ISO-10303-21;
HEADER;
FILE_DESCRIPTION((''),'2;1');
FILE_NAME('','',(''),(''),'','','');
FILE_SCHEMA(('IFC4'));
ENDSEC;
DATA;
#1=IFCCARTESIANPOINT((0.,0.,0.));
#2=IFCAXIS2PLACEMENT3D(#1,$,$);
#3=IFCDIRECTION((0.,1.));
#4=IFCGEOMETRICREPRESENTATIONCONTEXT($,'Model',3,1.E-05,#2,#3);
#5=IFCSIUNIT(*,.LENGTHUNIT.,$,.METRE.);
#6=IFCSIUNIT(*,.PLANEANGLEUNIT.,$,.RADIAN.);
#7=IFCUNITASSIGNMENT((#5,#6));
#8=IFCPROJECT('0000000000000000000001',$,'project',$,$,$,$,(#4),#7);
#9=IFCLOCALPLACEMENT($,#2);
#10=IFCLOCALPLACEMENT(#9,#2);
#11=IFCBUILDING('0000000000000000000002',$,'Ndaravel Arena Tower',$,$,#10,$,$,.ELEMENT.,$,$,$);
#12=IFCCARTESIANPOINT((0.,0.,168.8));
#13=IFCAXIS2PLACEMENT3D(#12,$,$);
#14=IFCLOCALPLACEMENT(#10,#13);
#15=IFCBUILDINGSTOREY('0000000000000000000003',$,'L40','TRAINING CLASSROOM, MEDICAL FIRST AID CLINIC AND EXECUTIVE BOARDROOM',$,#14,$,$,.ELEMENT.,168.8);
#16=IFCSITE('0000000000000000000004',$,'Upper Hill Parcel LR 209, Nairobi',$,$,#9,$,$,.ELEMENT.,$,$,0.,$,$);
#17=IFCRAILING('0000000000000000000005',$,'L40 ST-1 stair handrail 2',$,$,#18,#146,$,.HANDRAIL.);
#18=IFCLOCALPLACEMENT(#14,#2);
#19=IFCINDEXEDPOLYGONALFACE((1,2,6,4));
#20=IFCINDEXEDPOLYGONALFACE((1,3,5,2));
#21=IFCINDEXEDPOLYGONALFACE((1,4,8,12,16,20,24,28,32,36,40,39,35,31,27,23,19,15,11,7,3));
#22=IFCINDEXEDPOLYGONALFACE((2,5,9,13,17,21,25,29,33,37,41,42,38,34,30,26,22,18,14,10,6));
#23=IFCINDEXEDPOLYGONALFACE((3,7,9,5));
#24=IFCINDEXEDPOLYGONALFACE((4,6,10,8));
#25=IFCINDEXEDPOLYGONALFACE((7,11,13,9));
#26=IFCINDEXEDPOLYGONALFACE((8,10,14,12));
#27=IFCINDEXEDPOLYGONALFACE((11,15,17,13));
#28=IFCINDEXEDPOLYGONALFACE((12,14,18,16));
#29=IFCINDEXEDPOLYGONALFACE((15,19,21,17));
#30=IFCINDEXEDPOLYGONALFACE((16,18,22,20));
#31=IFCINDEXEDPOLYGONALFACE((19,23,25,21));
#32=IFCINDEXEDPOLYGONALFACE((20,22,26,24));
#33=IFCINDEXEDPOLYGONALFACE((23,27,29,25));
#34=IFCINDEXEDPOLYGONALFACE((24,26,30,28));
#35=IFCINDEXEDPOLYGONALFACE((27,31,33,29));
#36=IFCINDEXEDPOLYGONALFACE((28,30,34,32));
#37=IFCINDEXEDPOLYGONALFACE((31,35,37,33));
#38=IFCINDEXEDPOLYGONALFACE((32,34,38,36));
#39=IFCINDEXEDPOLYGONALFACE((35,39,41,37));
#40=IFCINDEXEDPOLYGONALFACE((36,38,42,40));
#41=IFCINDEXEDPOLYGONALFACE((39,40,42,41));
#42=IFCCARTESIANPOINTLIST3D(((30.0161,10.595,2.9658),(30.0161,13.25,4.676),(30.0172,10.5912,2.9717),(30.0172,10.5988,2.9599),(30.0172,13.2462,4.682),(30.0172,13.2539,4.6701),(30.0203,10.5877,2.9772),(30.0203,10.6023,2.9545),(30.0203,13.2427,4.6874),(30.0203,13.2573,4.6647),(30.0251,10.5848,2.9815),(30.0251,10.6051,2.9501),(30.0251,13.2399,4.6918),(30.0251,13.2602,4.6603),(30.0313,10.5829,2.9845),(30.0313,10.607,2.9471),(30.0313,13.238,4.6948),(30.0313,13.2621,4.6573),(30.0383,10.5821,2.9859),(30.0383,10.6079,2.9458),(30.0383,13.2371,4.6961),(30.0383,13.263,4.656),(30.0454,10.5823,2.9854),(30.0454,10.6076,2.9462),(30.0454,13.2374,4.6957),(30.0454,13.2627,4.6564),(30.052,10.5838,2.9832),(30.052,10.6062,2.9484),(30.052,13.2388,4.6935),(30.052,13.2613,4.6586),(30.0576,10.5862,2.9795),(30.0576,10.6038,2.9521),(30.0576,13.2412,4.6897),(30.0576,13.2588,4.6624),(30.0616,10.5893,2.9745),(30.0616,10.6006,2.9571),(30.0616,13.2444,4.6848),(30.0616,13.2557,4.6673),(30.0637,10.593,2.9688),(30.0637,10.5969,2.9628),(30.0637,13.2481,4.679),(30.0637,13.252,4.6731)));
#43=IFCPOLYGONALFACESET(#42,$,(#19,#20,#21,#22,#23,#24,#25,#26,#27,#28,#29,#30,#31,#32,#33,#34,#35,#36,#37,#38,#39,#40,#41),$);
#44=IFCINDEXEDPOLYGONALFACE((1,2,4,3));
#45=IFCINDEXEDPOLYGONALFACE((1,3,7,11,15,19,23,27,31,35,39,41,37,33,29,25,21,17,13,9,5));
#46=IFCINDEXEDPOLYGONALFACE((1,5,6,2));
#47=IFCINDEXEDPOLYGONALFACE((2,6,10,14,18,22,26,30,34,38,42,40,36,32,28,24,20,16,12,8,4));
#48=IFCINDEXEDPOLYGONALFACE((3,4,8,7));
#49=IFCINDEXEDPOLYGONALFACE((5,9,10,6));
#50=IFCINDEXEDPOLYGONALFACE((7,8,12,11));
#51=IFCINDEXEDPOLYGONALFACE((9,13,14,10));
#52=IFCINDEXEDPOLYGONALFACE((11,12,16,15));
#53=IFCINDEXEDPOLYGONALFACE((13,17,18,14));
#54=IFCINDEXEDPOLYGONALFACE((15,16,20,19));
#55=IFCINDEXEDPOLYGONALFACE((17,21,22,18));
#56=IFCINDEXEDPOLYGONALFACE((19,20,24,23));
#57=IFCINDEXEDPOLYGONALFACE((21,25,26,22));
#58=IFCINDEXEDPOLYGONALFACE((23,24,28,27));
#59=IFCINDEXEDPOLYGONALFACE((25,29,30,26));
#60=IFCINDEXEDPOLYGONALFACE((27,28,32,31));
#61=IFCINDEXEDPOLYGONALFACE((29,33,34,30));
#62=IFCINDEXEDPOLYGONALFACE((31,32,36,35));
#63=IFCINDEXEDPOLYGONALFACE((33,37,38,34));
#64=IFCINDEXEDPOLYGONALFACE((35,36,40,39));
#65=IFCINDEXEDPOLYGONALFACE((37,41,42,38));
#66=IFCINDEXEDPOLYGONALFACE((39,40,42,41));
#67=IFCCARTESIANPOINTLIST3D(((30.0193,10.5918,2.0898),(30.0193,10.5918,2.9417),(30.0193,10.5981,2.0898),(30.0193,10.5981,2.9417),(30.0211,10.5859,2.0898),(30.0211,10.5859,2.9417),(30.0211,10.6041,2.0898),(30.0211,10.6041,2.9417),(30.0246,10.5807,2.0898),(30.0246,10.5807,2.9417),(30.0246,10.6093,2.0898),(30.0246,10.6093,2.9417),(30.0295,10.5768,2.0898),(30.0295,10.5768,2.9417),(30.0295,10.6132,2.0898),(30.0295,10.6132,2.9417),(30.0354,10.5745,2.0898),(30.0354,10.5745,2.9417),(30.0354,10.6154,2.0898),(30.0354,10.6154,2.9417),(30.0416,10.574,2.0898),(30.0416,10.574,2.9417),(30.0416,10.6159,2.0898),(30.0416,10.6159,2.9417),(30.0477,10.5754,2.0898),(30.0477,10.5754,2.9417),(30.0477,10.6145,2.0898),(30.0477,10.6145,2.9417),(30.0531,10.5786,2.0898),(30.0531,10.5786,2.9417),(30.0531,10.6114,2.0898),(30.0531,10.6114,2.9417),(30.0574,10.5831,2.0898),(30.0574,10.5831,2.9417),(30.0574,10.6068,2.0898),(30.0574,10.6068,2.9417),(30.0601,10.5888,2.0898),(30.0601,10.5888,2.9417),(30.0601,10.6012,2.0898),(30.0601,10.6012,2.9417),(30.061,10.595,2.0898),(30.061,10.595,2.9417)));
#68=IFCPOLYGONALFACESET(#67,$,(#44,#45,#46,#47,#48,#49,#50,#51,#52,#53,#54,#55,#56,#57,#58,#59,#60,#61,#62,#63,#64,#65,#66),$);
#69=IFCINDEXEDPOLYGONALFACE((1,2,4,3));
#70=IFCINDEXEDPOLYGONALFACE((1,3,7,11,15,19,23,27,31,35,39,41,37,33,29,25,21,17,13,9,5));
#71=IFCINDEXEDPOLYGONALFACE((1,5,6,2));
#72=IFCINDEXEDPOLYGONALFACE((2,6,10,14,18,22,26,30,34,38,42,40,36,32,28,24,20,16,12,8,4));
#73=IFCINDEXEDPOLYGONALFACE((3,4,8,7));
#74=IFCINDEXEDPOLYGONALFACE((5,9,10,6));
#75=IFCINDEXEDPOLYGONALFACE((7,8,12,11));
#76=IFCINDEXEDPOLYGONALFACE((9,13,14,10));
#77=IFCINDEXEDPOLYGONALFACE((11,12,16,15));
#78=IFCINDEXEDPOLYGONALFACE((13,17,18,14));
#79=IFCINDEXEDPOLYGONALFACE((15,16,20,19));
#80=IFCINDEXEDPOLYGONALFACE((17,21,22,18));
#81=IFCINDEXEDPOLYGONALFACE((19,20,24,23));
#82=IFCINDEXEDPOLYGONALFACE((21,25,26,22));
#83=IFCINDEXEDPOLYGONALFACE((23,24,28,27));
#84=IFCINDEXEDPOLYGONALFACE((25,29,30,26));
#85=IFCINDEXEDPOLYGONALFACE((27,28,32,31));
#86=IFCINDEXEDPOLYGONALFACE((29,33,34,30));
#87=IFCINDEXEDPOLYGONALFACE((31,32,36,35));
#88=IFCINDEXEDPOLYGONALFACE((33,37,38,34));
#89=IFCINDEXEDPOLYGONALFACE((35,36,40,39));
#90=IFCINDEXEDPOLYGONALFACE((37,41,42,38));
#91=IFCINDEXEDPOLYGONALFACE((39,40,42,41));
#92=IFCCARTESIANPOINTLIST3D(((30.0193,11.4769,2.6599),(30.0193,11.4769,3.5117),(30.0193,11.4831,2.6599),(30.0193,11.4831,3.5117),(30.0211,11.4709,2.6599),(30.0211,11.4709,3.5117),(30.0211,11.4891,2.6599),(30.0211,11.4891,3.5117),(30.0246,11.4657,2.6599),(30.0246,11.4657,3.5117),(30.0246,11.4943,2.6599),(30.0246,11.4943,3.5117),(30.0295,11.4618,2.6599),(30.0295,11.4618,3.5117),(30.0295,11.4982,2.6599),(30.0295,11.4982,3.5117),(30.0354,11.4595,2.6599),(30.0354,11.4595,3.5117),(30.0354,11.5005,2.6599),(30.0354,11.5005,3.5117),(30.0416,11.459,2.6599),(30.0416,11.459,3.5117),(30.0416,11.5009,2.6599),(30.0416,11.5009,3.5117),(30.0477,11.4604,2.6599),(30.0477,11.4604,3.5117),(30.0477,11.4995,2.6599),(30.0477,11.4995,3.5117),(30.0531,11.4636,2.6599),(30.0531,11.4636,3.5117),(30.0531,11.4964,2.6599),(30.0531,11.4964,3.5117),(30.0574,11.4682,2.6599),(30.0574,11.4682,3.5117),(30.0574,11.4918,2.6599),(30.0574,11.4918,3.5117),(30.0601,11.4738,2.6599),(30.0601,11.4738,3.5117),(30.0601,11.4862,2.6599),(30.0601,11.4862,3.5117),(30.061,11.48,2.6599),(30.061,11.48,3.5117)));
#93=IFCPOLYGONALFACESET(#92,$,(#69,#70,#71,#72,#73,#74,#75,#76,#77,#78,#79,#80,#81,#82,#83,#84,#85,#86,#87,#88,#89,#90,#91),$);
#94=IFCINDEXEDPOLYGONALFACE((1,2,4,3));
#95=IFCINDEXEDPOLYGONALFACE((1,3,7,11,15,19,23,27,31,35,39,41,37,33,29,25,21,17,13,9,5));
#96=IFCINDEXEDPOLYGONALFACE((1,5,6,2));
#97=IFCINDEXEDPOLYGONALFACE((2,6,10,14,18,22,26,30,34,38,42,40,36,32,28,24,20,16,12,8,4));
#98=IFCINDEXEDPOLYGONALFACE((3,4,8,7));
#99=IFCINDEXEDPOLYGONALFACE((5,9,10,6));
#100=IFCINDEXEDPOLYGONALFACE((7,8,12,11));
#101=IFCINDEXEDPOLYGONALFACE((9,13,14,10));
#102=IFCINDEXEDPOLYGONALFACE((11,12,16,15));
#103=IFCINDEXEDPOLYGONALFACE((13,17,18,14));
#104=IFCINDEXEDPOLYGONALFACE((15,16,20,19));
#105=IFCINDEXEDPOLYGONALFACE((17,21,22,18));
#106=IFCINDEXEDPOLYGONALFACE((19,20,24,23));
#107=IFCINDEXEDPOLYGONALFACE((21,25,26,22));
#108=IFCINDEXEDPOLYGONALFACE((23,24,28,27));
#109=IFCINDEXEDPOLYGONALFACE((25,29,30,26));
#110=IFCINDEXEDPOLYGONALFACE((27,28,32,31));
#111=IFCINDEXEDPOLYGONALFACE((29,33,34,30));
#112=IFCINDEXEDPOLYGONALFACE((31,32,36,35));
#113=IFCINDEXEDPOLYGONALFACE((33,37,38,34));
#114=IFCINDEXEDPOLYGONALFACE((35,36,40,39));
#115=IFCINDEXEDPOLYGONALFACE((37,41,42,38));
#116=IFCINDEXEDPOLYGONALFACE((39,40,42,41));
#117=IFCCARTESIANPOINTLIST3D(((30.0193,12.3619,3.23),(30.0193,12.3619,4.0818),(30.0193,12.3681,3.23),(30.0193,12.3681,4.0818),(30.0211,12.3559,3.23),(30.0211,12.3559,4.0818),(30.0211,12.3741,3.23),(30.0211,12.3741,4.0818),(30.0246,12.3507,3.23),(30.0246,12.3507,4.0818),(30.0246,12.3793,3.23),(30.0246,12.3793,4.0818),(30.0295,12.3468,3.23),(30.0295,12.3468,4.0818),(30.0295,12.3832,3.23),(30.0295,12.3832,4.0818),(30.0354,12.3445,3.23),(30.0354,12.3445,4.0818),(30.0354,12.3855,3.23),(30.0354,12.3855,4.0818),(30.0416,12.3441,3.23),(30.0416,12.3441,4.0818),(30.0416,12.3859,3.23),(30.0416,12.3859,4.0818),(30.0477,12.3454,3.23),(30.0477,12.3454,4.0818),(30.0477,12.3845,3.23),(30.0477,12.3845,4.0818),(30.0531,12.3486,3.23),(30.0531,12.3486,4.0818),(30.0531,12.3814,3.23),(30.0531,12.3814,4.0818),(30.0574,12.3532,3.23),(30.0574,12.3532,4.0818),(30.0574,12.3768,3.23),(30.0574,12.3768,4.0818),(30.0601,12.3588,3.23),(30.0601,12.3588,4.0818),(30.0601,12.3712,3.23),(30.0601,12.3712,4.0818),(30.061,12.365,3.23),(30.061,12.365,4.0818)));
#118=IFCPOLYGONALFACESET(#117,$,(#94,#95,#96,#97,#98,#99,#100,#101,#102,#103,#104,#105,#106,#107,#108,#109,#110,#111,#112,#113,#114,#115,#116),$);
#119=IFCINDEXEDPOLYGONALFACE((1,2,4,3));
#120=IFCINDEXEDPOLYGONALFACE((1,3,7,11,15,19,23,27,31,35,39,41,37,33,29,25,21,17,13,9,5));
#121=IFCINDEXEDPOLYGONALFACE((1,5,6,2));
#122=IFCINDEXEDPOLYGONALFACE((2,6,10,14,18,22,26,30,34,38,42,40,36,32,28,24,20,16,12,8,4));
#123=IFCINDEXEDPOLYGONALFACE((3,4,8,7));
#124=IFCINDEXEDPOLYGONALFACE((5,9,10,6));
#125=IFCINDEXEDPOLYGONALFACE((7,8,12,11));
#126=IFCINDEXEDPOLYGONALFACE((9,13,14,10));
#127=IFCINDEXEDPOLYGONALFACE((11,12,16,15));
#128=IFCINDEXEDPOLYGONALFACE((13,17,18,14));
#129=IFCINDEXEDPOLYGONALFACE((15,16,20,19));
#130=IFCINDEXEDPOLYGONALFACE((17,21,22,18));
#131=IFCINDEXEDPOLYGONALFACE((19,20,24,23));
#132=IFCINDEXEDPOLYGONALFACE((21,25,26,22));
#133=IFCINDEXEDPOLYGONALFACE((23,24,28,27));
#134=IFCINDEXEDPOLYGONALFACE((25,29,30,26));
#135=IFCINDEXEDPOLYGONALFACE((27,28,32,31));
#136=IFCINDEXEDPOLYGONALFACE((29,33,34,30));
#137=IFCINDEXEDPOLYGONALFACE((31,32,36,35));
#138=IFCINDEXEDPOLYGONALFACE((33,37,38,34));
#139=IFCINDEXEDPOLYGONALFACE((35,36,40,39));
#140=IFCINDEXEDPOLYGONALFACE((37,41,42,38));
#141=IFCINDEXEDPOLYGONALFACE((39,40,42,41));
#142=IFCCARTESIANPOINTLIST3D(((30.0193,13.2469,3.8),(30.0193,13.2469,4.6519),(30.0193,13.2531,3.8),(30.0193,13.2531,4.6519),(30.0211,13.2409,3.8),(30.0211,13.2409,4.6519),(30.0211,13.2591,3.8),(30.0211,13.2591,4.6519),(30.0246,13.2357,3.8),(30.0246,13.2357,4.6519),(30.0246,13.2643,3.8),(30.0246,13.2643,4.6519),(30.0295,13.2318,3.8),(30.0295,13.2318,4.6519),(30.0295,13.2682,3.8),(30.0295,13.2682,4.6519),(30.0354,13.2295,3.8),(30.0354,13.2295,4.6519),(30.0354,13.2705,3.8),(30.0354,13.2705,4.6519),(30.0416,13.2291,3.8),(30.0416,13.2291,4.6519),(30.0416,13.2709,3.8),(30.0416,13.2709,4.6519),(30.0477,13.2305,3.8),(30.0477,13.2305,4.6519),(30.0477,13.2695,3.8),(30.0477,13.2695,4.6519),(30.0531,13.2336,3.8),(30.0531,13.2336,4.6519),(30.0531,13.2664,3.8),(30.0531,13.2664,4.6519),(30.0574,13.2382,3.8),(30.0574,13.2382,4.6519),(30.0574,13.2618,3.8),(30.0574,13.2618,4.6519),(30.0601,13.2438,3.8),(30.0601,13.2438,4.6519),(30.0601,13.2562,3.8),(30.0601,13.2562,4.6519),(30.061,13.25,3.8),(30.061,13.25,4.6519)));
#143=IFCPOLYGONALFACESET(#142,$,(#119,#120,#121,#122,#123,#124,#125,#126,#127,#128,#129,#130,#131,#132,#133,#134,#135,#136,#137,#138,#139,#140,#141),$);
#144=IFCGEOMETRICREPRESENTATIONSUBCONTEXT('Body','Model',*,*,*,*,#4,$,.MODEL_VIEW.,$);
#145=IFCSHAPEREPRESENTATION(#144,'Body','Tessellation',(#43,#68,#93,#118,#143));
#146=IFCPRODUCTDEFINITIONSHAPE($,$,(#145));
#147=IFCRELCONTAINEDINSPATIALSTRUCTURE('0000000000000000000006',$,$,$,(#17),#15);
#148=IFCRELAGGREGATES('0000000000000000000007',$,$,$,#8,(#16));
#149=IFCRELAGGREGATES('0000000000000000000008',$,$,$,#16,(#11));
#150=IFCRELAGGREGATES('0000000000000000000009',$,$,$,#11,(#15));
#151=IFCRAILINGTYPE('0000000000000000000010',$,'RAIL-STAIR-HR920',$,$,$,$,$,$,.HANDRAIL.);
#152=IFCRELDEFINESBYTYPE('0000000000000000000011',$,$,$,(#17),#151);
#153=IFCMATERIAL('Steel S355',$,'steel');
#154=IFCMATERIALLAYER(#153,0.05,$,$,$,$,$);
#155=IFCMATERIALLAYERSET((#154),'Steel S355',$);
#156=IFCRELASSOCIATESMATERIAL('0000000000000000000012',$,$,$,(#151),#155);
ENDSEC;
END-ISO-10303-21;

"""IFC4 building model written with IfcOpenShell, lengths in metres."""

from ifc_helpers import new_model, si_unit, direction, frame, origin, origin_2d, place, context, subcontext, project, spatial, circle, extrude, material, layer, layer_set, type_object, element, save


model = new_model("IFC4")

# Units and contexts
model_context = context("Model", 3, precision=1e-05, world=origin(), true_north=direction((0.0, 1.0)))
body_context = subcontext(model_context, "Body", "Model", "MODEL_VIEW")
ifc_project = project(units=[si_unit("LENGTHUNIT", "METRE"), si_unit("PLANEANGLEUNIT", "RADIAN")], contexts=[model_context])

# Site, building, storey
site_placement = place(None, origin())
site = spatial("IfcSite", under=ifc_project, at=site_placement, Name="Upper Hill Parcel LR 209, Nairobi", CompositionType="ELEMENT", RefElevation=0.0)
building_placement = place(site_placement, origin())
building = spatial("IfcBuilding", under=site, at=building_placement, Name="Ndaravel Arena Tower", CompositionType="ELEMENT")
storey_placement = place(building_placement, frame((0.0, 0.0, 168.8)))
storey = spatial("IfcBuildingStorey", under=building, at=storey_placement, Name="L40", Description="TRAINING CLASSROOM, MEDICAL FIRST AID CLINIC AND EXECUTIVE BOARDROOM", CompositionType="ELEMENT", Elevation=168.8)

# Railing
ifc_material_1 = material(Name="Steel S355", Category="steel")
ifc_layer_1 = layer(ifc_material_1, 0.05)
ifc_layer_set_1 = layer_set([ifc_layer_1], Name="Steel S355")
railing_type_1 = type_object("IfcRailingType", Name="RAIL-STAIR-HR920", PredefinedType="HANDRAIL", material=ifc_layer_set_1)
railing_1_placement = place(storey_placement, frame((30.04, 10.595, 2.0898)))
element("IfcRailing", 1, at=railing_1_placement, inside=storey, type_object=railing_type_1, Name="L40 ST-1 stair handrail 2", PredefinedType="HANDRAIL", context=body_context, shape_type="SweptSolid", body=[
    extrude(circle(Radius=0.0239, at=origin_2d()), frame((0.0, 0.0, 0.876), z_axis=(0.0, 0.840688, 0.541519), x_axis=(-1.0, 0.0, 0.0)), (0.0, 0.0, 1.0), 3.1582),
    extrude(circle(Radius=0.021, at=origin_2d()), origin(), (0.0, 0.0, 1.0), 0.8518),
    extrude(circle(Radius=0.021, at=origin_2d()), frame((0.0, 0.885, 0.5701)), (0.0, 0.0, 1.0), 0.8518),
    extrude(circle(Radius=0.021, at=origin_2d()), frame((0.0, 1.77, 1.1401)), (0.0, 0.0, 1.0), 0.8518),
    extrude(circle(Radius=0.021, at=origin_2d()), frame((0.0, 2.655, 1.7102)), (0.0, 0.0, 1.0), 0.8518),
])

save(model, "model.ifc")
